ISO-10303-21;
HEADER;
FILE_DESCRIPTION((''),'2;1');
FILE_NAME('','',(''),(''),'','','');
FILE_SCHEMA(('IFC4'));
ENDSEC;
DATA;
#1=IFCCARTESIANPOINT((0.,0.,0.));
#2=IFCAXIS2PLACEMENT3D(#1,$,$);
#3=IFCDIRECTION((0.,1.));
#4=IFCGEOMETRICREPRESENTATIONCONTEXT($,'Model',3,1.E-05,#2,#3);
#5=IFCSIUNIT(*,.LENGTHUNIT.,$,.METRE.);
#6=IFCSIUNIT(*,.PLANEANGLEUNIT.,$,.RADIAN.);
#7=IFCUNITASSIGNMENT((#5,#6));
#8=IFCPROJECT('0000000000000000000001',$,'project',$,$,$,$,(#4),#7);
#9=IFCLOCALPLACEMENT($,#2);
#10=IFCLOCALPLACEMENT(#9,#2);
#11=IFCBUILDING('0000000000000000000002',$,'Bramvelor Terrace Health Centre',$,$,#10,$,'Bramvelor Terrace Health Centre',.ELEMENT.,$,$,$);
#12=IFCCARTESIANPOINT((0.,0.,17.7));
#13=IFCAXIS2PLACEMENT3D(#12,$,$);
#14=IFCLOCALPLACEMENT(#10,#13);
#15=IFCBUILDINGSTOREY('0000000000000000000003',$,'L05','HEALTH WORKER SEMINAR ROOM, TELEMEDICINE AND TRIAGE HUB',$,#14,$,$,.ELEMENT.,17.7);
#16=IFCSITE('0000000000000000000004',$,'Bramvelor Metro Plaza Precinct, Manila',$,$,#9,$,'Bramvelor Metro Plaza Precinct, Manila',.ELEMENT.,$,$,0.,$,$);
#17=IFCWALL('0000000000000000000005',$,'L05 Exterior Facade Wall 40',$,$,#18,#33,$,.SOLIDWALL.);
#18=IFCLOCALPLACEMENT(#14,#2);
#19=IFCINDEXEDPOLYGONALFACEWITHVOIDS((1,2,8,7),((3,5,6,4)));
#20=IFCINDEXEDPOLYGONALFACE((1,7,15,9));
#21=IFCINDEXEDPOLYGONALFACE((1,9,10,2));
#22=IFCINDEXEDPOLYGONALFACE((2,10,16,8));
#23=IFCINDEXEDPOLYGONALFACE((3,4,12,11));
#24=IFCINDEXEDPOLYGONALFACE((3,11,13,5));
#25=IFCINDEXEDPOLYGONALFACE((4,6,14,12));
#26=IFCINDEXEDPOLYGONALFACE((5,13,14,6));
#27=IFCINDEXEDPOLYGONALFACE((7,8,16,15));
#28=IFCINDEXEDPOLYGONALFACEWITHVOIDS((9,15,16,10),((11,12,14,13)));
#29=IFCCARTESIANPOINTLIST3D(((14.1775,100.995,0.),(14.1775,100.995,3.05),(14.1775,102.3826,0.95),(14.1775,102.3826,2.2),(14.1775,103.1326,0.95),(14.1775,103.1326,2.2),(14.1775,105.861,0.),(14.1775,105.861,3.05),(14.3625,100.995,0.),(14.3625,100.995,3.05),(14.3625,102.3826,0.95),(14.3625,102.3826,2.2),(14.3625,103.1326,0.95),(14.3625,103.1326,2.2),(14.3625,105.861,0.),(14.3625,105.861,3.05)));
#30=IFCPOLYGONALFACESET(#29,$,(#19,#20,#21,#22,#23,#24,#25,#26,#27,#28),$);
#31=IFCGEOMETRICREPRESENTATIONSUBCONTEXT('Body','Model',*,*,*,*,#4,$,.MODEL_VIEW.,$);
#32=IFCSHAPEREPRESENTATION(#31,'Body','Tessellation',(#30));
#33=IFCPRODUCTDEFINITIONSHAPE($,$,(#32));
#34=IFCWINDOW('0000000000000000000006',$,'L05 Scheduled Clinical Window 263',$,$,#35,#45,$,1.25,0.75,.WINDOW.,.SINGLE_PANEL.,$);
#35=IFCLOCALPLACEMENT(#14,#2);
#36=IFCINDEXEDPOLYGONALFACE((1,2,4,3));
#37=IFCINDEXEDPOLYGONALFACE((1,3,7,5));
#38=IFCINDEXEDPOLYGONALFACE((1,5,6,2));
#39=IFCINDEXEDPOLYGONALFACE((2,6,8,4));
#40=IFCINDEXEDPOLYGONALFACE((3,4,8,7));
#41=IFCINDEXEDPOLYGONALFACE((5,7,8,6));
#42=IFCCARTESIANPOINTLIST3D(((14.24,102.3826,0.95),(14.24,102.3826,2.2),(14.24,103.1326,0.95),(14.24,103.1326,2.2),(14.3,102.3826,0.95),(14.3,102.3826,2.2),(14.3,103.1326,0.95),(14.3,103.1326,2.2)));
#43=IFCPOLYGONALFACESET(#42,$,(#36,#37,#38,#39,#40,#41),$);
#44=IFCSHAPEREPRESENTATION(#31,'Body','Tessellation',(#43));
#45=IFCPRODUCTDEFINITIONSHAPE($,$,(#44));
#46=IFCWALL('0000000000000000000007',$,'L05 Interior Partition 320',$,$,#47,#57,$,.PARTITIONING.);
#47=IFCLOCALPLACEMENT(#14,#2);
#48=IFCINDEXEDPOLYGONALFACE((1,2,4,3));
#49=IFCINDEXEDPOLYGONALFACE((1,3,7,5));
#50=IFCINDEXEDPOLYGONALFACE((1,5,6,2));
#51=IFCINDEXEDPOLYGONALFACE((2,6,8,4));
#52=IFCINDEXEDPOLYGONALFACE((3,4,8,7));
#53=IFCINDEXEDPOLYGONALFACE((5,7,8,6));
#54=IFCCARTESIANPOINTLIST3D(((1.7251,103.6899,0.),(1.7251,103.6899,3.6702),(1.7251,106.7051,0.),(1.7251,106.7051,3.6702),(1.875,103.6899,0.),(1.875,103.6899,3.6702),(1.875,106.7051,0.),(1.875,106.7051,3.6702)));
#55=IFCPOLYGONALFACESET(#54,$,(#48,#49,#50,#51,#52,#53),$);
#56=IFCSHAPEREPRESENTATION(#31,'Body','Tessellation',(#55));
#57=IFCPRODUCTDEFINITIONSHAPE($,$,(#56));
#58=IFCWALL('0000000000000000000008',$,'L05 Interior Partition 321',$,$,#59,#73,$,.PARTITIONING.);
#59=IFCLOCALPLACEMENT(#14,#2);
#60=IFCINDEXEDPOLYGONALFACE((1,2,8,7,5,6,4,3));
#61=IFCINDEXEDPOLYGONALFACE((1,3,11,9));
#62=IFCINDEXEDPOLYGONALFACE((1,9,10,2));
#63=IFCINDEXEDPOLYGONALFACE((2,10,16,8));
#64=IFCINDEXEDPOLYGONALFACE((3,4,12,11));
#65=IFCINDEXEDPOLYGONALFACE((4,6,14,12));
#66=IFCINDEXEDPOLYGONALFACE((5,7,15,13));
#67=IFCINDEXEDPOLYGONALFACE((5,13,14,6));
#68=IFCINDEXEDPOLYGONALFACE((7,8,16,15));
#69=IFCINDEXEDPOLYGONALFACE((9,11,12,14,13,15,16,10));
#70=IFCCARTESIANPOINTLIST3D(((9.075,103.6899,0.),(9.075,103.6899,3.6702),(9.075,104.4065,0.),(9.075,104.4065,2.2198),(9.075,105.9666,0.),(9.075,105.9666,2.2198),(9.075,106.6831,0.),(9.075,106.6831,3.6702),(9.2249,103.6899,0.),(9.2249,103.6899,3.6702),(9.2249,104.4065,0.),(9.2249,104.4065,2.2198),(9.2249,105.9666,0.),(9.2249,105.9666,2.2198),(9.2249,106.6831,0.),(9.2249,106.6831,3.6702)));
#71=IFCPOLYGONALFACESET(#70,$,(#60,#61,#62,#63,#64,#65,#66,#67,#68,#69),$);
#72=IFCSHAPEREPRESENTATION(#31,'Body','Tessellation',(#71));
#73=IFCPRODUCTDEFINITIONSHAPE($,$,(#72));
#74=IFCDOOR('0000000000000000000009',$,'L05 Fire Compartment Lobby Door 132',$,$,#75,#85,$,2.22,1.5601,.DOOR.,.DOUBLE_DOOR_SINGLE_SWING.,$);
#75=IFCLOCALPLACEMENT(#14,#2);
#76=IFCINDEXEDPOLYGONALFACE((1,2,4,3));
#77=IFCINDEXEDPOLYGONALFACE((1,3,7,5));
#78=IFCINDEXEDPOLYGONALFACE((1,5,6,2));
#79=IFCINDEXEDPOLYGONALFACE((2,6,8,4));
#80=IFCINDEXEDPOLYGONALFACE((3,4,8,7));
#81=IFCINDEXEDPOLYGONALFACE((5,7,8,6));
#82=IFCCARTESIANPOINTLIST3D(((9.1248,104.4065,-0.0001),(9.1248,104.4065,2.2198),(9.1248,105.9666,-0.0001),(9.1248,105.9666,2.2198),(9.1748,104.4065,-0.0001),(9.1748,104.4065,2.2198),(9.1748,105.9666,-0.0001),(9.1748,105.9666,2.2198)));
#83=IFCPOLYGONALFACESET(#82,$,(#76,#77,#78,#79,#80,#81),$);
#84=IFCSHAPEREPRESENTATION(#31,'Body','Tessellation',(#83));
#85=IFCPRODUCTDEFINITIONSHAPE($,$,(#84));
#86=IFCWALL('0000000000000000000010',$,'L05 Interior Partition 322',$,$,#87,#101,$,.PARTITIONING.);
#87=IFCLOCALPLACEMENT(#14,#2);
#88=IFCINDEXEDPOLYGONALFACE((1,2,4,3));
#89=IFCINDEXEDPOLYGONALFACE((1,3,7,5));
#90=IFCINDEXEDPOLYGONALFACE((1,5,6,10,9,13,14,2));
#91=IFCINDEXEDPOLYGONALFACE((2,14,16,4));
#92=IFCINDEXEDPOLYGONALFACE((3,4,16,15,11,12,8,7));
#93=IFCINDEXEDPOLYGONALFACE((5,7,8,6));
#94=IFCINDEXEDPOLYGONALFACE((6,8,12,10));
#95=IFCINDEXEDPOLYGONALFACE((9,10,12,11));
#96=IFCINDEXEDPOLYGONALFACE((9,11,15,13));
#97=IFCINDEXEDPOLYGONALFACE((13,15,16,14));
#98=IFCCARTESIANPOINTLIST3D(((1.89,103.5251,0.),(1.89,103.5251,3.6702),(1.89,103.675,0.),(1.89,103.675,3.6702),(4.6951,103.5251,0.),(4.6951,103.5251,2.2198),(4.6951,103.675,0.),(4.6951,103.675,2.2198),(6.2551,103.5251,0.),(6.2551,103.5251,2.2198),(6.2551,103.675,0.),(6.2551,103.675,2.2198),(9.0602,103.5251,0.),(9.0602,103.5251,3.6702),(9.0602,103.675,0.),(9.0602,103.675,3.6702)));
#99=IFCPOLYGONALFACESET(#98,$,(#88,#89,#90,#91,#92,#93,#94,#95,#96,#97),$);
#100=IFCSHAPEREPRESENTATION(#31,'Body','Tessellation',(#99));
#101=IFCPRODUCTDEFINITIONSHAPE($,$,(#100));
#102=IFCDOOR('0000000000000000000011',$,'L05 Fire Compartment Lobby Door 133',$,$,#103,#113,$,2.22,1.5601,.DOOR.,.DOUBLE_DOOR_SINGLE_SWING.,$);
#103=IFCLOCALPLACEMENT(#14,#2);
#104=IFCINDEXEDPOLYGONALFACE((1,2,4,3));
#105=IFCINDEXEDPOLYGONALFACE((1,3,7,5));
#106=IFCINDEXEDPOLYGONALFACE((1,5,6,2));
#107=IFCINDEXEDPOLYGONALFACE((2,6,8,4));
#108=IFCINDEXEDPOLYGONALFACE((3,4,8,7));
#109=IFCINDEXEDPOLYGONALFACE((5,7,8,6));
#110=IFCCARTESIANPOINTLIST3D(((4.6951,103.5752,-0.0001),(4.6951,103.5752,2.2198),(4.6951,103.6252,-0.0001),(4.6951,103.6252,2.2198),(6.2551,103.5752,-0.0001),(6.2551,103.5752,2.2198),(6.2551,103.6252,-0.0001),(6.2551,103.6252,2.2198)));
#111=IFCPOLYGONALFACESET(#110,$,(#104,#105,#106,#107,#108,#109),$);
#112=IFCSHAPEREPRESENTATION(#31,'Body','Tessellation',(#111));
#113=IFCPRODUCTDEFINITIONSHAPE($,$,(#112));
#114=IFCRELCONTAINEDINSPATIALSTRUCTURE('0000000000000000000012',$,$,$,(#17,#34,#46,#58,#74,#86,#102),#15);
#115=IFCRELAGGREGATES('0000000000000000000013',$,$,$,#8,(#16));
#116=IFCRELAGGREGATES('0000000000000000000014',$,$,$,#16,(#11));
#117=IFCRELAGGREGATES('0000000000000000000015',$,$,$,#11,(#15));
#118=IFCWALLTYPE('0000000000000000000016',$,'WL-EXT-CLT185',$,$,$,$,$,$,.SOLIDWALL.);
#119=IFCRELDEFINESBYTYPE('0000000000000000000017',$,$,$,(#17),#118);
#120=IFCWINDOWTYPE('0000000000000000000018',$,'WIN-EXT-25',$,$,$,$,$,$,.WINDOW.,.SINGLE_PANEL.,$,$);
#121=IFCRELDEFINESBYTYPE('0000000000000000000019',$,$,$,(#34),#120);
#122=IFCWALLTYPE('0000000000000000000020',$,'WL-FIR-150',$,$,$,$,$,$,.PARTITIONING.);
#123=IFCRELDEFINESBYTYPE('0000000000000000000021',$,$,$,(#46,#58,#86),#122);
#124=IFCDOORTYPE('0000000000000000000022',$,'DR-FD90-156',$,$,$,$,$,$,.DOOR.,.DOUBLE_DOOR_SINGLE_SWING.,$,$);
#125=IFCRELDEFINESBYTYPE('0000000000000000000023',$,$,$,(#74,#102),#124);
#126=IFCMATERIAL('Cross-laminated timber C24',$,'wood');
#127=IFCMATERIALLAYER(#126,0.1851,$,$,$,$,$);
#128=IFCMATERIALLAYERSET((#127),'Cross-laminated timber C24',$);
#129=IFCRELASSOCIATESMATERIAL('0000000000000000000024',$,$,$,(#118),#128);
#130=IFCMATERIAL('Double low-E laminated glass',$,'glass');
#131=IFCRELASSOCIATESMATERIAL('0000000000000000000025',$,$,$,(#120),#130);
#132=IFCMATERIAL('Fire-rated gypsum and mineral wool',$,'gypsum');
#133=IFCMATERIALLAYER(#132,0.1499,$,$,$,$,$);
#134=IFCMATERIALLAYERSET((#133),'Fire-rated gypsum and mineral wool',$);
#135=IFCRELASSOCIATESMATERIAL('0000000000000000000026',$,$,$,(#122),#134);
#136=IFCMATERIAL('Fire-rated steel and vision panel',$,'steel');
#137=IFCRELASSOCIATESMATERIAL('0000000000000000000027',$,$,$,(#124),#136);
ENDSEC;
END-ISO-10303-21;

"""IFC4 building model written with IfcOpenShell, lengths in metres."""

from ifc_helpers import new_model, si_unit, direction, frame, frame_2d, origin, place, context, subcontext, project, spatial, rectangle, extrude, material, layer, layer_set, type_object, element, fill, save


model = new_model("IFC4")

# Units and contexts
model_context = context("Model", 3, precision=1e-05, world=origin(), true_north=direction((0.0, 1.0)))
body_context = subcontext(model_context, "Body", "Model", "MODEL_VIEW")
ifc_project = project(units=[si_unit("LENGTHUNIT", "METRE"), si_unit("PLANEANGLEUNIT", "RADIAN")], contexts=[model_context])

# Site, building, storey
site_placement = place(None, origin())
site = spatial("IfcSite", under=ifc_project, at=site_placement, Name="Bramvelor Metro Plaza Precinct, Manila", LongName="Bramvelor Metro Plaza Precinct, Manila", CompositionType="ELEMENT", RefElevation=0.0)
building_placement = place(site_placement, origin())
building = spatial("IfcBuilding", under=site, at=building_placement, Name="Bramvelor Terrace Health Centre", LongName="Bramvelor Terrace Health Centre", CompositionType="ELEMENT")
storey_placement = place(building_placement, frame((0.0, 0.0, 17.7)))
storey = spatial("IfcBuildingStorey", under=building, at=storey_placement, Name="L05", Description="HEALTH WORKER SEMINAR ROOM, TELEMEDICINE AND TRIAGE HUB", CompositionType="ELEMENT", Elevation=17.7)

# Wall, opening, window
ifc_material_1 = material(Name="Cross-laminated timber C24", Category="wood")
ifc_layer_1 = layer(ifc_material_1, 0.1851)
ifc_layer_set_1 = layer_set([ifc_layer_1], Name="Cross-laminated timber C24")
wall_type_1 = type_object("IfcWallType", Name="WL-EXT-CLT185", PredefinedType="SOLIDWALL", material=ifc_layer_set_1)
wall_1_placement = place(storey_placement, frame((14.27, 105.8611, 0.0), z_axis=(0.0, 0.0, 1.0), x_axis=(0.0, -1.0, 0.0)))
wall_1 = element("IfcWall", 1, at=wall_1_placement, inside=storey, type_object=wall_type_1, Name="L05 Exterior Facade Wall 40", PredefinedType="SOLIDWALL", context=body_context, shape_type="SweptSolid", body=[
    extrude(rectangle(XDim=4.866, YDim=0.1851, at=frame_2d((2.4331, 0.0))), origin(), (0.0, 0.0, 1.0), 3.05),
])
opening_1_placement = place(wall_1_placement, frame((2.7285, 0.0, 0.95)))
opening_1 = element("IfcOpeningElement", 2, at=opening_1_placement, cuts=wall_1, PredefinedType="OPENING", context=body_context, shape_type="SweptSolid", body=[
    extrude(rectangle(XDim=0.75, YDim=1.25, at=frame_2d((0.375, 0.625))), frame((0.0, 0.1025, 0.0), z_axis=(0.0, -1.0, 0.0), x_axis=(1.0, 0.0, 0.0)), (0.0, 0.0, 1.0), 0.2051),
])
ifc_material_2 = material(Name="Double low-E laminated glass", Category="glass")
window_type_1 = type_object("IfcWindowType", Name="WIN-EXT-25", PartitioningType="SINGLE_PANEL", PredefinedType="WINDOW", material=ifc_material_2)
window_1_placement = place(opening_1_placement, origin())
window_1 = element("IfcWindow", 3, at=window_1_placement, inside=storey, type_object=window_type_1, Name="L05 Scheduled Clinical Window 263", OverallHeight=1.25, OverallWidth=0.75, PartitioningType="SINGLE_PANEL", PredefinedType="WINDOW", context=body_context, shape_type="SweptSolid", body=[
    extrude(rectangle(XDim=0.75, YDim=1.25, at=frame_2d((0.375, 0.625))), frame((0.0, 0.03, 0.0), z_axis=(0.0, -1.0, 0.0), x_axis=(1.0, 0.0, 0.0)), (0.0, 0.0, 1.0), 0.0601),
])
fill(opening_1, window_1)

# Wall
ifc_material_3 = material(Name="Fire-rated gypsum and mineral wool", Category="gypsum")
ifc_layer_2 = layer(ifc_material_3, 0.1499)
ifc_layer_set_2 = layer_set([ifc_layer_2], Name="Fire-rated gypsum and mineral wool")
wall_type_2 = type_object("IfcWallType", Name="WL-FIR-150", PredefinedType="PARTITIONING", material=ifc_layer_set_2)
wall_2_placement = place(storey_placement, frame((1.8, 103.6899, 0.0), z_axis=(0.0, 0.0, 1.0), x_axis=(0.0, 1.0, 0.0)))
element("IfcWall", 4, at=wall_2_placement, inside=storey, type_object=wall_type_2, Name="L05 Interior Partition 320", PredefinedType="PARTITIONING", context=body_context, shape_type="SweptSolid", body=[
    extrude(rectangle(XDim=3.0151, YDim=0.1499, at=frame_2d((1.5076, 0.0))), origin(), (0.0, 0.0, 1.0), 3.6702),
])

# Walls, openings, doors
wall_3_placement = place(storey_placement, frame((9.1499, 106.6831, 0.0), z_axis=(0.0, 0.0, 1.0), x_axis=(0.0, -1.0, 0.0)))
wall_3 = element("IfcWall", 5, at=wall_3_placement, inside=storey, type_object=wall_type_2, Name="L05 Interior Partition 321", PredefinedType="PARTITIONING", context=body_context, shape_type="SweptSolid", body=[
    extrude(rectangle(XDim=2.9932, YDim=0.1499, at=frame_2d((1.4966, 0.0))), origin(), (0.0, 0.0, 1.0), 3.6702),
])
opening_2_placement = place(wall_3_placement, frame((0.7166, 0.0, 0.0)))
opening_2 = element("IfcOpeningElement", 6, at=opening_2_placement, cuts=wall_3, PredefinedType="OPENING", context=body_context, shape_type="SweptSolid", body=[
    extrude(rectangle(XDim=1.5601, YDim=2.22, at=frame_2d((0.78, 1.1099))), frame((0.0, 0.085, 0.0), z_axis=(0.0, -1.0, 0.0), x_axis=(1.0, 0.0, 0.0)), (0.0, 0.0, 1.0), 0.1699),
])
ifc_material_4 = material(Name="Fire-rated steel and vision panel", Category="steel")
door_type_1 = type_object("IfcDoorType", Name="DR-FD90-156", OperationType="DOUBLE_DOOR_SINGLE_SWING", PredefinedType="DOOR", material=ifc_material_4)
door_1_placement = place(opening_2_placement, origin())
door_1 = element("IfcDoor", 7, at=door_1_placement, inside=storey, type_object=door_type_1, Name="L05 Fire Compartment Lobby Door 132", OperationType="DOUBLE_DOOR_SINGLE_SWING", OverallHeight=2.22, OverallWidth=1.5601, PredefinedType="DOOR", context=body_context, shape_type="SweptSolid", body=[
    extrude(rectangle(XDim=1.5601, YDim=2.22, at=frame_2d((0.78, 1.1099))), frame((0.0, 0.0249, 0.0), z_axis=(0.0, -1.0, 0.0), x_axis=(1.0, 0.0, 0.0)), (0.0, 0.0, 1.0), 0.05),
])
fill(opening_2, door_1)
wall_4_placement = place(storey_placement, frame((9.0601, 103.6001, 0.0), z_axis=(0.0, 0.0, 1.0), x_axis=(-1.0, 0.0, 0.0)))
wall_4 = element("IfcWall", 8, at=wall_4_placement, inside=storey, type_object=wall_type_2, Name="L05 Interior Partition 322", PredefinedType="PARTITIONING", context=body_context, shape_type="SweptSolid", body=[
    extrude(rectangle(XDim=7.1702, YDim=0.1499, at=frame_2d((3.585, 0.0))), origin(), (0.0, 0.0, 1.0), 3.6702),
])
opening_3_placement = place(wall_4_placement, frame((2.8049, 0.0, 0.0)))
opening_3 = element("IfcOpeningElement", 9, at=opening_3_placement, cuts=wall_4, PredefinedType="OPENING", context=body_context, shape_type="SweptSolid", body=[
    extrude(rectangle(XDim=1.5601, YDim=2.22, at=frame_2d((0.78, 1.1099))), frame((0.0, 0.085, 0.0), z_axis=(0.0, -1.0, 0.0), x_axis=(1.0, 0.0, 0.0)), (0.0, 0.0, 1.0), 0.1699),
])
door_2_placement = place(opening_3_placement, origin())
door_2 = element("IfcDoor", 10, at=door_2_placement, inside=storey, type_object=door_type_1, Name="L05 Fire Compartment Lobby Door 133", OperationType="DOUBLE_DOOR_SINGLE_SWING", OverallHeight=2.22, OverallWidth=1.5601, PredefinedType="DOOR", context=body_context, shape_type="SweptSolid", body=[
    extrude(rectangle(XDim=1.5601, YDim=2.22, at=frame_2d((0.78, 1.1099))), frame((0.0, 0.0249, 0.0), z_axis=(0.0, -1.0, 0.0), x_axis=(1.0, 0.0, 0.0)), (0.0, 0.0, 1.0), 0.05),
])
fill(opening_3, door_2)

save(model, "model.ifc")
